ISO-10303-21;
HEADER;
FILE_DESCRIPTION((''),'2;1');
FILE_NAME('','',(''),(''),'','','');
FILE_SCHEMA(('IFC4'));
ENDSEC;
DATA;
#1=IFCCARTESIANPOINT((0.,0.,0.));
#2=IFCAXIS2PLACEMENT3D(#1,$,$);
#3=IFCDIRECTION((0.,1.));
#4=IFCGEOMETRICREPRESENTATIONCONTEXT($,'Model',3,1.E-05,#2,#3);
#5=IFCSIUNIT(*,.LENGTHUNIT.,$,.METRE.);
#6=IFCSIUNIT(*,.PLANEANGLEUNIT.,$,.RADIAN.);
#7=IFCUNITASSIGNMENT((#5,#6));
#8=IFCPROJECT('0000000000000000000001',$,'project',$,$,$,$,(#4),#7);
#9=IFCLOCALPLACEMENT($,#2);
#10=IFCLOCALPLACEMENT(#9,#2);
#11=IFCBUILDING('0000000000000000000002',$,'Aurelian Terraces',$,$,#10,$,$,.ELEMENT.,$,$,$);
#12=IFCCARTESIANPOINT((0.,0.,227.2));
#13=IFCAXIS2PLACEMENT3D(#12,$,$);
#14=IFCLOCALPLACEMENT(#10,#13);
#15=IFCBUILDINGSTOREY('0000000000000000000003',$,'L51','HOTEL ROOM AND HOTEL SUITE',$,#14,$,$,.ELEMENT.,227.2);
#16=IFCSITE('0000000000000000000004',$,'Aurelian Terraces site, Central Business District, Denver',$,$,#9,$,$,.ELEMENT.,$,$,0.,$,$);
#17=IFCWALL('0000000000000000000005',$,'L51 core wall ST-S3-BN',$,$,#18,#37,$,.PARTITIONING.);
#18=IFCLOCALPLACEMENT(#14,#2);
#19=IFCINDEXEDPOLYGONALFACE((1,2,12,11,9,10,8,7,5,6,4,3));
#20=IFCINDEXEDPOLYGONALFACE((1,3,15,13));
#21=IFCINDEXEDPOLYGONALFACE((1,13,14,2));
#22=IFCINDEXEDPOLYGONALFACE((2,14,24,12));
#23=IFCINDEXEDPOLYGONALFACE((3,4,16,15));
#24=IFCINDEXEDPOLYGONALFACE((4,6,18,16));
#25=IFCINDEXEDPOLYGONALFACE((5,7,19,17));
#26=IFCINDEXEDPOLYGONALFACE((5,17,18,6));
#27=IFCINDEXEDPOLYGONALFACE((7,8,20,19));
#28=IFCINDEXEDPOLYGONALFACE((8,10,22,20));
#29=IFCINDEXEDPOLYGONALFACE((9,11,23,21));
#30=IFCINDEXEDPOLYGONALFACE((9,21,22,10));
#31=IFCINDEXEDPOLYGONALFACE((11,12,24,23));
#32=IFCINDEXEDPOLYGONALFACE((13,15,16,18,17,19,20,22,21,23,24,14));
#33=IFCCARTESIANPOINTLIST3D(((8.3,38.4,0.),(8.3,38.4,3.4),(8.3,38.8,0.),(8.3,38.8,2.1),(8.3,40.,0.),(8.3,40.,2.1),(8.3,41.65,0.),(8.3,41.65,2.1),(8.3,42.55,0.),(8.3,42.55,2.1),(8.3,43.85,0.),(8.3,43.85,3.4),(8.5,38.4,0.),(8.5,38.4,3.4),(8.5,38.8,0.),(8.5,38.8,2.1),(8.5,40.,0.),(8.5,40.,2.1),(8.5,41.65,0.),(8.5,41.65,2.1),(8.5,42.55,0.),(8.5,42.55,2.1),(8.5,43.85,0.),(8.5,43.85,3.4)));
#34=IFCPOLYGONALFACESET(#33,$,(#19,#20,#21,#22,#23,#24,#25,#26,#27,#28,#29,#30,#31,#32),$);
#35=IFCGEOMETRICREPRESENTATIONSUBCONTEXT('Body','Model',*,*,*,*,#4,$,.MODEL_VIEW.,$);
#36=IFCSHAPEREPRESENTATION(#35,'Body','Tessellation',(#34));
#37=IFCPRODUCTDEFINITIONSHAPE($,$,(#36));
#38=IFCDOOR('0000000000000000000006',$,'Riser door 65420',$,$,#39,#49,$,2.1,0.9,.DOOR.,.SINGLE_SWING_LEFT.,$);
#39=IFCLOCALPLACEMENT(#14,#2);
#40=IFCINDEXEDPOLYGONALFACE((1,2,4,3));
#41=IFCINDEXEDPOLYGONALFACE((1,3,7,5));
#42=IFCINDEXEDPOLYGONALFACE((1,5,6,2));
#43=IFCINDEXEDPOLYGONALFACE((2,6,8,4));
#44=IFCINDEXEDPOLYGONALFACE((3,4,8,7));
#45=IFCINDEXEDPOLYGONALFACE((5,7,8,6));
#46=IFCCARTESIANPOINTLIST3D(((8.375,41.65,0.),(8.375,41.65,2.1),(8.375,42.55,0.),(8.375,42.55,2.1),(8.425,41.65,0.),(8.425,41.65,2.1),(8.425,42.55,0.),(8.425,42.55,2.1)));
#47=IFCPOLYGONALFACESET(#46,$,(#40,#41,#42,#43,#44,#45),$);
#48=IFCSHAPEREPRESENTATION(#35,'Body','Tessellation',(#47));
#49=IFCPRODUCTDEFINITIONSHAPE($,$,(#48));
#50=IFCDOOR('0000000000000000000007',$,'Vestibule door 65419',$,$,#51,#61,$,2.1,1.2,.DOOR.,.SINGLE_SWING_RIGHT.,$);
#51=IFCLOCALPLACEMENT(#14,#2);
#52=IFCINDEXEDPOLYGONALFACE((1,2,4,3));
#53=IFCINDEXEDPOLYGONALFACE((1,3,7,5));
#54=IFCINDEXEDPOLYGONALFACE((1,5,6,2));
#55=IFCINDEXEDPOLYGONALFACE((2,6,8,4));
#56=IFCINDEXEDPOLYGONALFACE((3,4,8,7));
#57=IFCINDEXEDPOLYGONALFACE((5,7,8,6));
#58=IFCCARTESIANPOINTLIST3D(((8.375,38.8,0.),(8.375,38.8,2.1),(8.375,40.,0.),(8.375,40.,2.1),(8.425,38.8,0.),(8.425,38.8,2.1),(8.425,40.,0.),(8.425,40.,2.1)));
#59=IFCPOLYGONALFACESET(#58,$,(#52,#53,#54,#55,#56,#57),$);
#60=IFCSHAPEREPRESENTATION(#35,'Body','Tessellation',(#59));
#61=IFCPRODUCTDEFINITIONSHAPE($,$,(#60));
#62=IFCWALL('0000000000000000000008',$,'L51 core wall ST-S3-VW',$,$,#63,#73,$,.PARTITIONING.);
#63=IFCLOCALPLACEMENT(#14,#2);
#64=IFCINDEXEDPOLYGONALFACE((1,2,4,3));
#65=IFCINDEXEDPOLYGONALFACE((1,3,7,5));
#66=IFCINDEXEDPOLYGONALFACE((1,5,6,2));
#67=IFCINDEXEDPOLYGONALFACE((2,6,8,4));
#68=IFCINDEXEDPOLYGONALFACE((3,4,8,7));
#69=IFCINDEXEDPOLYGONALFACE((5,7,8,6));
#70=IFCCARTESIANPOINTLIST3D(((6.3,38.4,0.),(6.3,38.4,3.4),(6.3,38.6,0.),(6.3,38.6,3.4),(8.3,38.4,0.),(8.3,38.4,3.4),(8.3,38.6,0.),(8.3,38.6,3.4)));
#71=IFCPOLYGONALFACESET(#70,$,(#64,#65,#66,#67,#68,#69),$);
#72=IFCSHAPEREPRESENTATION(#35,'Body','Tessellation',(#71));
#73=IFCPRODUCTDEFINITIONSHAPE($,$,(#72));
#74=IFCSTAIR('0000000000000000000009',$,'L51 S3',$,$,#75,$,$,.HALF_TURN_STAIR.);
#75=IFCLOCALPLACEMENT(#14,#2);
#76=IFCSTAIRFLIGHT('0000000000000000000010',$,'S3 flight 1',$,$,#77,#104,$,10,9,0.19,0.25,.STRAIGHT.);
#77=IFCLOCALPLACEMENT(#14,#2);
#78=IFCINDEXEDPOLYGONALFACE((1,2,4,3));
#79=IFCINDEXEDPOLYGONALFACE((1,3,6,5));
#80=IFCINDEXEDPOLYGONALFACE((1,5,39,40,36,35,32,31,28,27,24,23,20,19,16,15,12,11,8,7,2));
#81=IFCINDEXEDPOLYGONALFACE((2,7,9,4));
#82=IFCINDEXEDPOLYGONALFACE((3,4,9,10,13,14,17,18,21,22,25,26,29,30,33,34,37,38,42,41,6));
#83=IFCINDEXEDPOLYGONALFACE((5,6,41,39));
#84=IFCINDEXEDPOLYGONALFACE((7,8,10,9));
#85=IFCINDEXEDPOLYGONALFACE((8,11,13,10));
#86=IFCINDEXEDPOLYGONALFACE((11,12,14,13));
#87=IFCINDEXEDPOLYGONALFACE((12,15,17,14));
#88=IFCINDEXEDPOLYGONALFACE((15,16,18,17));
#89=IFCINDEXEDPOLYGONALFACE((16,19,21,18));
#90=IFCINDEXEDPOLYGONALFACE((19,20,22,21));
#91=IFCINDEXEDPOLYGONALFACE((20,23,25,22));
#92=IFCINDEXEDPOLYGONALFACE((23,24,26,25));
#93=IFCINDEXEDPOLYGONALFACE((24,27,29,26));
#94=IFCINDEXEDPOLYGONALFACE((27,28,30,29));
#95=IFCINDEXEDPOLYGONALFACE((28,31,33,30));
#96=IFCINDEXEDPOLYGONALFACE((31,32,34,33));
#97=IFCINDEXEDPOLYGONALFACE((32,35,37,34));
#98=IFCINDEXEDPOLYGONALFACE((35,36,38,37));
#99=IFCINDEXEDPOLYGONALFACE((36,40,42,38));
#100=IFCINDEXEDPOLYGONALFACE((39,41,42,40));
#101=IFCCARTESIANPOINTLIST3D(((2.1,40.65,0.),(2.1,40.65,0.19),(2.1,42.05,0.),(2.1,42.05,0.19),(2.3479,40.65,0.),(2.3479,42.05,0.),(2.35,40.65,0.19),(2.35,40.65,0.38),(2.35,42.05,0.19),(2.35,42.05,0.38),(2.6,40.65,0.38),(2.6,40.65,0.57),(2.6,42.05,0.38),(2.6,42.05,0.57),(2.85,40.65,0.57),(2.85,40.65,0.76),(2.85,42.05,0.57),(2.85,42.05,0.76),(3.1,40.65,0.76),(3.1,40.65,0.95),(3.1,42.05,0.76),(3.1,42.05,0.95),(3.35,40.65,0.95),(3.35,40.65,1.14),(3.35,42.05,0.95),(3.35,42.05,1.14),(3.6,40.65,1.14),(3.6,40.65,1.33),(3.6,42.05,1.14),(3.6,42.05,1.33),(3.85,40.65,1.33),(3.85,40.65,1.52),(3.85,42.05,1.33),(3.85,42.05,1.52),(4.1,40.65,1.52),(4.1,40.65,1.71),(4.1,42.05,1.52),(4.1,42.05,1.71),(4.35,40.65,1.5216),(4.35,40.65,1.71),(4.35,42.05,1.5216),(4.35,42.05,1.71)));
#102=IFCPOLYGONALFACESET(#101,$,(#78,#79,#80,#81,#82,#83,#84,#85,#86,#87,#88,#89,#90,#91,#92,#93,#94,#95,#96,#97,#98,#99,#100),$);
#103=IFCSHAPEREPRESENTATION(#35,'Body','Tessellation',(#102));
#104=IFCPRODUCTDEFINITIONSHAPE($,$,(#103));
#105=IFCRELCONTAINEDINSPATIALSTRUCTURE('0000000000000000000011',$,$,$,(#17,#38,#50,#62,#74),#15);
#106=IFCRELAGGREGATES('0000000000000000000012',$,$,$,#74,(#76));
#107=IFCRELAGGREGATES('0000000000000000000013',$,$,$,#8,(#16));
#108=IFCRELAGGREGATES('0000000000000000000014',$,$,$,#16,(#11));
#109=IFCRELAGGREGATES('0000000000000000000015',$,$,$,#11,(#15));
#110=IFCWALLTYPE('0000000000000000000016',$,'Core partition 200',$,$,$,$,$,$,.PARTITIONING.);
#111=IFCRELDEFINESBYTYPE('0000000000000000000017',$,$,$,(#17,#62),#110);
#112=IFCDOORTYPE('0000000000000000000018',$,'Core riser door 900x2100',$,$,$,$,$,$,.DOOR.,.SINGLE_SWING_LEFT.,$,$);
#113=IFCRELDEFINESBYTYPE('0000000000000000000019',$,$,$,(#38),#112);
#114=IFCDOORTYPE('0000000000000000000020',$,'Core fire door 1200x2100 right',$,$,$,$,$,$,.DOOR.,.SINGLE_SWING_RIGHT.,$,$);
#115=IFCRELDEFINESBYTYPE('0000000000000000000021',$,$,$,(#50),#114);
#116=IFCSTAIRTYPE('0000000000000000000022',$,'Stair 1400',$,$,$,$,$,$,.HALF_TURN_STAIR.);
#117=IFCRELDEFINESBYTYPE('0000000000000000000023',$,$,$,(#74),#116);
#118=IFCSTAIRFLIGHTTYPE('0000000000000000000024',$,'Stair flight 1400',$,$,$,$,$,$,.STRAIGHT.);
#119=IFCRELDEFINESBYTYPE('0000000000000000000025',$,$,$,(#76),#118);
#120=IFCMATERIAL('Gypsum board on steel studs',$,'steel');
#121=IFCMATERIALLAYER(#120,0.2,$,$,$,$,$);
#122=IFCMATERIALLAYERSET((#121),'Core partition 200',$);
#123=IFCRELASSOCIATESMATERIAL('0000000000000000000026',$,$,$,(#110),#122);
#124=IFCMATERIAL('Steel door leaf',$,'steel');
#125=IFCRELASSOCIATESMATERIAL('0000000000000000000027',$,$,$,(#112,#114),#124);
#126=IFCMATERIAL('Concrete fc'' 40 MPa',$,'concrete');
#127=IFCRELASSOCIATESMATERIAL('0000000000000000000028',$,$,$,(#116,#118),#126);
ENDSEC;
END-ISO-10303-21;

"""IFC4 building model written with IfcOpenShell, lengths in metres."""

from ifc_helpers import new_model, si_unit, direction, frame, frame_2d, origin, place, context, subcontext, project, spatial, polyline, rectangle, outline, extrude, source, transform, mapped, material, layer, layer_set, type_object, element, fill, aggregate, save


model = new_model("IFC4")

# Units and contexts
model_context = context("Model", 3, precision=1e-05, world=origin(), true_north=direction((0.0, 1.0)))
body_context = subcontext(model_context, "Body", "Model", "MODEL_VIEW")
ifc_project = project(units=[si_unit("LENGTHUNIT", "METRE"), si_unit("PLANEANGLEUNIT", "RADIAN")], contexts=[model_context])

# Site, building, storey
site_placement = place(None, origin())
site = spatial("IfcSite", under=ifc_project, at=site_placement, Name="Aurelian Terraces site, Central Business District, Denver", CompositionType="ELEMENT", RefElevation=0.0)
building_placement = place(site_placement, origin())
building = spatial("IfcBuilding", under=site, at=building_placement, Name="Aurelian Terraces", CompositionType="ELEMENT")
storey_placement = place(building_placement, frame((0.0, 0.0, 227.2)))
storey = spatial("IfcBuildingStorey", under=building, at=storey_placement, Name="L51", Description="HOTEL ROOM AND HOTEL SUITE", CompositionType="ELEMENT", Elevation=227.2)

# Shared definitions
ifc_material_1 = material(Name="Concrete fc' 40 MPa", Category="concrete")

# Shared definitions
ifc_material_2 = material(Name="Steel door leaf", Category="steel")

# Wall, openings, doors
ifc_material_3 = material(Name="Gypsum board on steel studs", Category="steel")
ifc_layer_1 = layer(ifc_material_3, 0.2)
ifc_layer_set_1 = layer_set([ifc_layer_1], Name="Core partition 200")
wall_type_1 = type_object("IfcWallType", Name="Core partition 200", PredefinedType="PARTITIONING", material=ifc_layer_set_1)
shared_shape_1 = source(origin(), body_context, "Body", "SweptSolid", [
    extrude(rectangle(XDim=5.45, YDim=0.2, at=frame_2d((2.725, 0.0))), origin(), (0.0, 0.0, 1.0), 3.4),
])
wall_1_placement = place(storey_placement, frame((8.4, 38.4, 0.0), z_axis=(0.0, 0.0, 1.0), x_axis=(0.0, 1.0, 0.0)))
wall_1 = element("IfcWall", 1, at=wall_1_placement, inside=storey, type_object=wall_type_1, Name="L51 core wall ST-S3-BN", PredefinedType="PARTITIONING", context=body_context, shape_type="MappedRepresentation", body=[
    mapped(shared_shape_1, transform((0.0, 0.0, 0.0), scale=1.0)),
])
shared_shape_2 = source(origin(), body_context, "Body", "SweptSolid", [
    extrude(rectangle(XDim=1.2, YDim=2.1, at=frame_2d((0.6, 1.05))), frame((0.0, 0.11, 0.0), z_axis=(0.0, -1.0, 0.0), x_axis=(1.0, 0.0, 0.0)), (0.0, 0.0, 1.0), 0.22),
])
opening_1_placement = place(wall_1_placement, frame((0.4, 0.0, 0.0)))
opening_1 = element("IfcOpeningElement", 2, at=opening_1_placement, cuts=wall_1, PredefinedType="OPENING", context=body_context, shape_type="MappedRepresentation", body=[
    mapped(shared_shape_2, transform((0.0, 0.0, 0.0), scale=1.0)),
])
shared_shape_3 = source(origin(), body_context, "Body", "SweptSolid", [
    extrude(rectangle(XDim=0.9, YDim=2.1, at=frame_2d((0.45, 1.05))), frame((0.0, 0.11, 0.0), z_axis=(0.0, -1.0, 0.0), x_axis=(1.0, 0.0, 0.0)), (0.0, 0.0, 1.0), 0.22),
])
opening_2_placement = place(wall_1_placement, frame((3.25, 0.0, 0.0)))
opening_2 = element("IfcOpeningElement", 3, at=opening_2_placement, cuts=wall_1, PredefinedType="OPENING", context=body_context, shape_type="MappedRepresentation", body=[
    mapped(shared_shape_3, transform((0.0, 0.0, 0.0), scale=1.0)),
])
door_type_1 = type_object("IfcDoorType", Name="Core riser door 900x2100", OperationType="SINGLE_SWING_LEFT", PredefinedType="DOOR", material=ifc_material_2)
shared_shape_4 = source(origin(), body_context, "Body", "SweptSolid", [
    extrude(rectangle(XDim=0.9, YDim=2.1, at=frame_2d((0.45, 1.05))), frame((0.0, 0.025, 0.0), z_axis=(0.0, -1.0, 0.0), x_axis=(1.0, 0.0, 0.0)), (0.0, 0.0, 1.0), 0.05),
])
door_1_placement = place(opening_2_placement, origin())
door_1 = element("IfcDoor", 4, at=door_1_placement, inside=storey, type_object=door_type_1, Name="Riser door 65420", OperationType="SINGLE_SWING_LEFT", OverallHeight=2.1, OverallWidth=0.9, PredefinedType="DOOR", context=body_context, shape_type="MappedRepresentation", body=[
    mapped(shared_shape_4, transform((0.0, 0.0, 0.0), scale=1.0)),
])
fill(opening_2, door_1)
door_type_2 = type_object("IfcDoorType", Name="Core fire door 1200x2100 right", OperationType="SINGLE_SWING_RIGHT", PredefinedType="DOOR", material=ifc_material_2)
shared_shape_5 = source(origin(), body_context, "Body", "SweptSolid", [
    extrude(rectangle(XDim=1.2, YDim=2.1, at=frame_2d((0.6, 1.05))), frame((0.0, 0.025, 0.0), z_axis=(0.0, -1.0, 0.0), x_axis=(1.0, 0.0, 0.0)), (0.0, 0.0, 1.0), 0.05),
])
door_2_placement = place(opening_1_placement, origin())
door_2 = element("IfcDoor", 5, at=door_2_placement, inside=storey, type_object=door_type_2, Name="Vestibule door 65419", OperationType="SINGLE_SWING_RIGHT", OverallHeight=2.1, OverallWidth=1.2, PredefinedType="DOOR", context=body_context, shape_type="MappedRepresentation", body=[
    mapped(shared_shape_5, transform((0.0, 0.0, 0.0), scale=1.0)),
])
fill(opening_1, door_2)

# Wall
shared_shape_6 = source(origin(), body_context, "Body", "SweptSolid", [
    extrude(rectangle(XDim=2.0, YDim=0.2, at=frame_2d((1.0, 0.0))), origin(), (0.0, 0.0, 1.0), 3.4),
])
wall_2_placement = place(storey_placement, frame((6.3, 38.5, 0.0), z_axis=(0.0, 0.0, 1.0), x_axis=(1.0, 0.0, 0.0)))
element("IfcWall", 6, at=wall_2_placement, inside=storey, type_object=wall_type_1, Name="L51 core wall ST-S3-VW", PredefinedType="PARTITIONING", context=body_context, shape_type="MappedRepresentation", body=[
    mapped(shared_shape_6, transform((0.0, 0.0, 0.0), scale=1.0)),
])

# Stair, stair flight
stair_type = type_object("IfcStairType", Name="Stair 1400", PredefinedType="HALF_TURN_STAIR", material=ifc_material_1)
stair_placement = place(storey_placement, origin())
stair = element("IfcStair", 7, at=stair_placement, inside=storey, type_object=stair_type, Name="L51 S3", PredefinedType="HALF_TURN_STAIR")
stair_flight_type = type_object("IfcStairFlightType", Name="Stair flight 1400", PredefinedType="STRAIGHT", material=ifc_material_1)
shared_shape_7 = source(origin(), body_context, "Body", "SweptSolid", [
    extrude(outline(polyline([(0.0, 0.0), (0.0, 0.19), (0.25, 0.19), (0.25, 0.38), (0.5, 0.38), (0.5, 0.57), (0.75, 0.57), (0.75, 0.76), (1.0, 0.76), (1.0, 0.95), (1.25, 0.95), (1.25, 1.14), (1.5, 1.14), (1.5, 1.33), (1.75, 1.33), (1.75, 1.52), (2.0, 1.52), (2.0, 1.71), (2.25, 1.71), (2.25, 1.9), (2.25, 1.5216), (0.2479, 0.0), (0.0, 0.0)])), frame((0.0, 0.7, 0.0), z_axis=(0.0, -1.0, 0.0), x_axis=(1.0, 0.0, 0.0)), (0.0, 0.0, 1.0), 1.4),
])
stair_flight_placement = place(storey_placement, frame((2.1, 41.35, 0.0), z_axis=(0.0, 0.0, 1.0), x_axis=(1.0, 0.0, 0.0)))
stair_flight = element("IfcStairFlight", 8, at=stair_flight_placement, type_object=stair_flight_type, Name="S3 flight 1", NumberOfRisers=10, NumberOfTreads=9, PredefinedType="STRAIGHT", RiserHeight=0.19, TreadLength=0.25, context=body_context, shape_type="MappedRepresentation", body=[
    mapped(shared_shape_7, transform((0.0, 0.0, 0.0), scale=1.0)),
])
aggregate(stair, [stair_flight])

save(model, "model.ifc")
